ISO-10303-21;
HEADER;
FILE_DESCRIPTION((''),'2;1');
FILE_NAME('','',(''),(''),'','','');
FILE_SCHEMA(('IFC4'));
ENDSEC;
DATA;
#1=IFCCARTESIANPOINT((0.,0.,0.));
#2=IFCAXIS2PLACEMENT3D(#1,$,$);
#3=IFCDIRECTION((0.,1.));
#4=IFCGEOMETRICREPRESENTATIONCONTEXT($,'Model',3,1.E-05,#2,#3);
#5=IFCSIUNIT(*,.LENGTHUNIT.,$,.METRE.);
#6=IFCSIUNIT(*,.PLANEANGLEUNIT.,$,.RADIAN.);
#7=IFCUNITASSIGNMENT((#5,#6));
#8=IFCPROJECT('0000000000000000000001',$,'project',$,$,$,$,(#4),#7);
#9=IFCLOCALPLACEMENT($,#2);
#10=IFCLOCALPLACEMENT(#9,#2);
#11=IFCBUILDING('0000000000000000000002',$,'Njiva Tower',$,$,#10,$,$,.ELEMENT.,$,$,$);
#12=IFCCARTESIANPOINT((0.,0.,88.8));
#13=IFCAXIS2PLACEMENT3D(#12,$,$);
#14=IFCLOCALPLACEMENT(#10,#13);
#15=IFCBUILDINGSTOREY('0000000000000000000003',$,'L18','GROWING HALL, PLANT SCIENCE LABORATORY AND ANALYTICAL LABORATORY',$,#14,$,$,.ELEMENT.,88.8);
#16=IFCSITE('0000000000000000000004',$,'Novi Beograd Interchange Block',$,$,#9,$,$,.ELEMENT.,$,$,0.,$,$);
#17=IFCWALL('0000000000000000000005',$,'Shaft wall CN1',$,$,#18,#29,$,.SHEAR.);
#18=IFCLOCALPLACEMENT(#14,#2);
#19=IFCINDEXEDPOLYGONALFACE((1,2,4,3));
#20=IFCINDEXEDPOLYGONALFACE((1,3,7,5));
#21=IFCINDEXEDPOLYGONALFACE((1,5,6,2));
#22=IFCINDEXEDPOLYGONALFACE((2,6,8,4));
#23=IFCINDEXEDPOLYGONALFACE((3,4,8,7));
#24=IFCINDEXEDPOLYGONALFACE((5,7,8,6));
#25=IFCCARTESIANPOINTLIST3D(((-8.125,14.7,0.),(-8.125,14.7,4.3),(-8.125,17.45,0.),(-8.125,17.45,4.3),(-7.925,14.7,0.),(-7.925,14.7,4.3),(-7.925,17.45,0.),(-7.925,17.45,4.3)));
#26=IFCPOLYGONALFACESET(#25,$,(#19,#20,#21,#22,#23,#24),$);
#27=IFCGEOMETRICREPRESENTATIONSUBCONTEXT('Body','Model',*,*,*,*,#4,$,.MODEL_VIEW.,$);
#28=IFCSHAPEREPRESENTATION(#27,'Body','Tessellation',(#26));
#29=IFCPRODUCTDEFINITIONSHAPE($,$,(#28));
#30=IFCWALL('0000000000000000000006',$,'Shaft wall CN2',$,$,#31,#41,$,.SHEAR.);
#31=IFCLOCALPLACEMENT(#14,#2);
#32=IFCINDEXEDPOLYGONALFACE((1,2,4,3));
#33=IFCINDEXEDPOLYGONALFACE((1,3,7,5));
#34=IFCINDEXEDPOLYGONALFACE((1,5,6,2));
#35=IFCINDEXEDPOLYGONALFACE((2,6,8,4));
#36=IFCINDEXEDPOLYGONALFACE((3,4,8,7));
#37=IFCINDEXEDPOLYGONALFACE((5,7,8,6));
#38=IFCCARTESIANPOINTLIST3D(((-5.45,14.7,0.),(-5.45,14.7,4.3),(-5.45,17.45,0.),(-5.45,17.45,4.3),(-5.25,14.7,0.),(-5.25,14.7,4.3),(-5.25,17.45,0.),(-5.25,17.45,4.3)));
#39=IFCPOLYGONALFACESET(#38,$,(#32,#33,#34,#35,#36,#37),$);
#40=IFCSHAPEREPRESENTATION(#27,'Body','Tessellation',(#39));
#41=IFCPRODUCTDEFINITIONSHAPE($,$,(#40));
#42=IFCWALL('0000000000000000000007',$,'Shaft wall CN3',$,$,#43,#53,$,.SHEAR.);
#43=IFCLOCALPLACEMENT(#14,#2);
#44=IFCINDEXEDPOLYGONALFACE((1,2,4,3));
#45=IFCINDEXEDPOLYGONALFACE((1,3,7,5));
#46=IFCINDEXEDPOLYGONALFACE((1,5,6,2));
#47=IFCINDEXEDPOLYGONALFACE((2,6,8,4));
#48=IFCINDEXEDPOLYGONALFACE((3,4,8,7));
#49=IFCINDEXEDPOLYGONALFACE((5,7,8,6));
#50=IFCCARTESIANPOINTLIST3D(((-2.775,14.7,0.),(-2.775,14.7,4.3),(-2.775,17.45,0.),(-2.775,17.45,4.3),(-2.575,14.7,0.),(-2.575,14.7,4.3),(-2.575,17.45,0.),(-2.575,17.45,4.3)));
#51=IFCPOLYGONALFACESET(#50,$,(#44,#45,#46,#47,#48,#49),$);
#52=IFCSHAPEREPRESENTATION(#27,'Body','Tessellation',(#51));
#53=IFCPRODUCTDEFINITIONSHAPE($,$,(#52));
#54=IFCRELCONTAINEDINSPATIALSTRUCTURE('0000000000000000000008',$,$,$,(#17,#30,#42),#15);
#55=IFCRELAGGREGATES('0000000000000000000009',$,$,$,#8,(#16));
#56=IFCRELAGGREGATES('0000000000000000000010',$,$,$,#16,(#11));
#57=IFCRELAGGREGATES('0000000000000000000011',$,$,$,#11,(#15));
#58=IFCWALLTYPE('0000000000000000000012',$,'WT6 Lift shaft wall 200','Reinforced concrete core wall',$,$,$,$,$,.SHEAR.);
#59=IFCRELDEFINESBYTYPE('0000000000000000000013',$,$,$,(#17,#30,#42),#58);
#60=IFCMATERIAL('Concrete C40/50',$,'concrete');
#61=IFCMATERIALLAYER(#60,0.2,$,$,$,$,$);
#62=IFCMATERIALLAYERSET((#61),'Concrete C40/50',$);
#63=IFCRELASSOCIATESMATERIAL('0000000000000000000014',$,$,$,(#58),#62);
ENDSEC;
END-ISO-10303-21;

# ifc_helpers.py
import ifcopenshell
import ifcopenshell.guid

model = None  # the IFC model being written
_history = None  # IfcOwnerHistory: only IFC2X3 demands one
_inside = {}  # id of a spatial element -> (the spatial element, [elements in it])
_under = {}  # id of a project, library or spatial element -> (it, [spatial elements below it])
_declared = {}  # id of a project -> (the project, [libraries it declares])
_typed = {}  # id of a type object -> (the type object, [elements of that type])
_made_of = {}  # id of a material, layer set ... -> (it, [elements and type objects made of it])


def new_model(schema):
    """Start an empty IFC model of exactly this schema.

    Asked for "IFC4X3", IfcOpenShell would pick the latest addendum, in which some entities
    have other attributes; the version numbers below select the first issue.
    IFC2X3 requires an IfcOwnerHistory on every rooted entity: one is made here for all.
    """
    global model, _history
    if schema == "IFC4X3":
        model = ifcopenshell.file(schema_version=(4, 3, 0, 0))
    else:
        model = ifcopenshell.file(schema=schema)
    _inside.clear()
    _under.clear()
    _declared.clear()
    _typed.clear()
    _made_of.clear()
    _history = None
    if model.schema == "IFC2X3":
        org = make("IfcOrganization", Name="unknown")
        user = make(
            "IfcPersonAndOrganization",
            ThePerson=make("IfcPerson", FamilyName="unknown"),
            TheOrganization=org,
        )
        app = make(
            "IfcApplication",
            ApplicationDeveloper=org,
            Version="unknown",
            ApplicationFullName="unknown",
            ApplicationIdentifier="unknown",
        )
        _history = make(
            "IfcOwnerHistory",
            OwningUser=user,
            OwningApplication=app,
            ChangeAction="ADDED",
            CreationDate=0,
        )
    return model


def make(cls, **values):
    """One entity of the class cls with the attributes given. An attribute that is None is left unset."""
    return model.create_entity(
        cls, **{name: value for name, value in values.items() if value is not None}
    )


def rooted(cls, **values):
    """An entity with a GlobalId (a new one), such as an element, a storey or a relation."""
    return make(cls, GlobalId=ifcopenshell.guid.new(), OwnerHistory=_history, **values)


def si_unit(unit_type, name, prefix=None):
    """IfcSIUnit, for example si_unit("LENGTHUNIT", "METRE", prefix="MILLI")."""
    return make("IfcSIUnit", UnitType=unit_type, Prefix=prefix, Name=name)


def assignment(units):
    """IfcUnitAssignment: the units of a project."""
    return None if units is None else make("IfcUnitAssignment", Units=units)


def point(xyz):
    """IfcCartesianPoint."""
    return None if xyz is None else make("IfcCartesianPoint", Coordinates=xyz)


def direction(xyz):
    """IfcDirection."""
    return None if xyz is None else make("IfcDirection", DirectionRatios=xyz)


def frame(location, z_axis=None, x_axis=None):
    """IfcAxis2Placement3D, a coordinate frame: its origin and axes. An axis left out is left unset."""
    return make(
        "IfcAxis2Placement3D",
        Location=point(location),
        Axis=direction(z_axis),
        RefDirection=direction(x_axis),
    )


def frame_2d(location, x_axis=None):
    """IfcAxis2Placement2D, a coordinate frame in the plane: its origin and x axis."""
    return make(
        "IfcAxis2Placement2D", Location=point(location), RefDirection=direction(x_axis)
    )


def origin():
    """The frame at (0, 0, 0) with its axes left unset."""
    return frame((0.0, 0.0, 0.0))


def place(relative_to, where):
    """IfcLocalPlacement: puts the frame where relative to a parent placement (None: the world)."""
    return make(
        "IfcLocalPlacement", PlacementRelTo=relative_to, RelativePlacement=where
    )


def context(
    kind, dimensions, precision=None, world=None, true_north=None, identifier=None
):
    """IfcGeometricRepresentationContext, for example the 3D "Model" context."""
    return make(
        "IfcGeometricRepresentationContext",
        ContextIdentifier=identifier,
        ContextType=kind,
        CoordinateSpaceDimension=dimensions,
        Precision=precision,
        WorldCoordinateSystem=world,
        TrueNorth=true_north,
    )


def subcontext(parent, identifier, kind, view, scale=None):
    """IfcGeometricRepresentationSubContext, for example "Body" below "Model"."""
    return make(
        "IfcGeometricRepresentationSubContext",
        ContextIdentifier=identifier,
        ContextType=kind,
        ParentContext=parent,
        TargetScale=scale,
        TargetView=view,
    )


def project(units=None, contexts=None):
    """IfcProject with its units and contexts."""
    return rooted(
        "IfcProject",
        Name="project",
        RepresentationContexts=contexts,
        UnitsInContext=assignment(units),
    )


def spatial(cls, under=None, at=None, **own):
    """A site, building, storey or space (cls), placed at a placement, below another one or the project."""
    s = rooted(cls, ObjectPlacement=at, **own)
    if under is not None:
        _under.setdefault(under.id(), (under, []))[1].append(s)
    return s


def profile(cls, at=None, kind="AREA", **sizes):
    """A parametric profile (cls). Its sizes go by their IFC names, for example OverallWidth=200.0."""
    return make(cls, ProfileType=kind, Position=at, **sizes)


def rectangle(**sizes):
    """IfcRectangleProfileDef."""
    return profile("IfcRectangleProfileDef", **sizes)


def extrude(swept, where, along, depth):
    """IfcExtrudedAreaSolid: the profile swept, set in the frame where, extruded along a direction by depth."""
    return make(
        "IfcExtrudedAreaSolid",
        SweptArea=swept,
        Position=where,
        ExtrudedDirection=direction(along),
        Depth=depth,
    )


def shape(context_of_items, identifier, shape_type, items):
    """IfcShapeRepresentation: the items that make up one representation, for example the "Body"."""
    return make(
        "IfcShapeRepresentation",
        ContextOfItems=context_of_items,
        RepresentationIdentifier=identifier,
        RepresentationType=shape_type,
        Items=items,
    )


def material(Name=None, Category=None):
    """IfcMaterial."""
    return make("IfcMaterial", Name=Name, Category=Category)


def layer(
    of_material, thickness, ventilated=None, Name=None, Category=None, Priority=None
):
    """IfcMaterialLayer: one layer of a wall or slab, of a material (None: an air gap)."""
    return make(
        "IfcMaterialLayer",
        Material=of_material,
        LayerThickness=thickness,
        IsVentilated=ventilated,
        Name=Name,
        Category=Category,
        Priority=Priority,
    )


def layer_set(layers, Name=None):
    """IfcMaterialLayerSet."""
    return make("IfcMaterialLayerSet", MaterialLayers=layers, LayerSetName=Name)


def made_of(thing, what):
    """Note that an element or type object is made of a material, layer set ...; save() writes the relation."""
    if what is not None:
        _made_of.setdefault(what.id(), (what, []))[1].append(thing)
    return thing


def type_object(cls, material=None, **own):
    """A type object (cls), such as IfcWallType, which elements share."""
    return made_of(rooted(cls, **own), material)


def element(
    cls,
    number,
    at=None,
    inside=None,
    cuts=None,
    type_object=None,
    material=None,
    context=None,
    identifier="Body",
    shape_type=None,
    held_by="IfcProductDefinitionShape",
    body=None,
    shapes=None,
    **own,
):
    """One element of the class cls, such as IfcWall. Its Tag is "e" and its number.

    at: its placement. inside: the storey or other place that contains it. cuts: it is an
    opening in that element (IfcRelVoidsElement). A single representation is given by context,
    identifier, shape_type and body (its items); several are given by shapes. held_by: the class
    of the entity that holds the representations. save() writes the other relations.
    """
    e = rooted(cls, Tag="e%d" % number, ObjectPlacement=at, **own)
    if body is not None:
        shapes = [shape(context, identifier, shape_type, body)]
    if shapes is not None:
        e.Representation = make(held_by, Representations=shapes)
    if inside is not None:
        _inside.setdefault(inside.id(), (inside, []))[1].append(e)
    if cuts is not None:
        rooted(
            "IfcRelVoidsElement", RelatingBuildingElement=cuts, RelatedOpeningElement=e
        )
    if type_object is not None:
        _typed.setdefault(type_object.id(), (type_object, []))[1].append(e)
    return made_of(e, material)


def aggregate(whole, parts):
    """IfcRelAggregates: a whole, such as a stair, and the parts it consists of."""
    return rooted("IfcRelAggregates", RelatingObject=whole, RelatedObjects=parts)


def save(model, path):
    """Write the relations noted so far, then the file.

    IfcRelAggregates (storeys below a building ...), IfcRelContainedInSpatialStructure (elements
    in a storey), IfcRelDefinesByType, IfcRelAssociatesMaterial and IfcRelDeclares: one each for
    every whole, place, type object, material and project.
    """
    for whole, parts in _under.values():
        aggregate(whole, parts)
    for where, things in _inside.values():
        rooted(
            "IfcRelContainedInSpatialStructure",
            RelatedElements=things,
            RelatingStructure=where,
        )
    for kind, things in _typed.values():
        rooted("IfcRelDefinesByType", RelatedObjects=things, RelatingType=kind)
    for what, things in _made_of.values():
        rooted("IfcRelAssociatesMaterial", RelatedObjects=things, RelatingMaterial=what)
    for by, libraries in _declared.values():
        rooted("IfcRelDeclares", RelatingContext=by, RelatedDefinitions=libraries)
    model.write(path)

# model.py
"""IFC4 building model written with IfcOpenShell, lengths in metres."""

from ifc_helpers import new_model, si_unit, direction, frame, frame_2d, origin, place, context, subcontext, project, spatial, rectangle, extrude, material, layer, layer_set, type_object, element, save


model = new_model("IFC4")

# Units and contexts
model_context = context("Model", 3, precision=1e-05, world=origin(), true_north=direction((0.0, 1.0)))
body_context = subcontext(model_context, "Body", "Model", "MODEL_VIEW")
ifc_project = project(units=[si_unit("LENGTHUNIT", "METRE"), si_unit("PLANEANGLEUNIT", "RADIAN")], contexts=[model_context])

# Site, building, storey
site_placement = place(None, origin())
site = spatial("IfcSite", under=ifc_project, at=site_placement, Name="Novi Beograd Interchange Block", CompositionType="ELEMENT", RefElevation=0.0)
building_placement = place(site_placement, origin())
building = spatial("IfcBuilding", under=site, at=building_placement, Name="Njiva Tower", CompositionType="ELEMENT")
storey_placement = place(building_placement, frame((0.0, 0.0, 88.8)))
storey = spatial("IfcBuildingStorey", under=building, at=storey_placement, Name="L18", Description="GROWING HALL, PLANT SCIENCE LABORATORY AND ANALYTICAL LABORATORY", CompositionType="ELEMENT", Elevation=88.8)

# Walls
ifc_material_1 = material(Name="Concrete C40/50", Category="concrete")
ifc_layer_1 = layer(ifc_material_1, 0.2)
ifc_layer_set_1 = layer_set([ifc_layer_1], Name="Concrete C40/50")
wall_type_1 = type_object("IfcWallType", Name="WT6 Lift shaft wall 200", Description="Reinforced concrete core wall", PredefinedType="SHEAR", material=ifc_layer_set_1)
for number, where, z_axis, x_axis, name in (
    (1, (-8.025, 14.7, 0.0), (0.0, 0.0, 1.0), (0.0, 1.0, 0.0), "Shaft wall CN1"),
    (2, (-5.35, 14.7, 0.0), (0.0, 0.0, 1.0), (0.0, 1.0, 0.0), "Shaft wall CN2"),
    (3, (-2.675, 14.7, 0.0), (0.0, 0.0, 1.0), (0.0, 1.0, 0.0), "Shaft wall CN3"),
):
    element("IfcWall", number, at=place(storey_placement, frame(where, z_axis=z_axis, x_axis=x_axis)), inside=storey, type_object=wall_type_1, Name=name, PredefinedType="SHEAR", context=body_context, shape_type="SweptSolid", body=[
        extrude(rectangle(XDim=2.75, YDim=0.2, at=frame_2d((1.375, 0.0))), origin(), (0.0, 0.0, 1.0), 4.3),
    ])

save(model, "model.ifc")
